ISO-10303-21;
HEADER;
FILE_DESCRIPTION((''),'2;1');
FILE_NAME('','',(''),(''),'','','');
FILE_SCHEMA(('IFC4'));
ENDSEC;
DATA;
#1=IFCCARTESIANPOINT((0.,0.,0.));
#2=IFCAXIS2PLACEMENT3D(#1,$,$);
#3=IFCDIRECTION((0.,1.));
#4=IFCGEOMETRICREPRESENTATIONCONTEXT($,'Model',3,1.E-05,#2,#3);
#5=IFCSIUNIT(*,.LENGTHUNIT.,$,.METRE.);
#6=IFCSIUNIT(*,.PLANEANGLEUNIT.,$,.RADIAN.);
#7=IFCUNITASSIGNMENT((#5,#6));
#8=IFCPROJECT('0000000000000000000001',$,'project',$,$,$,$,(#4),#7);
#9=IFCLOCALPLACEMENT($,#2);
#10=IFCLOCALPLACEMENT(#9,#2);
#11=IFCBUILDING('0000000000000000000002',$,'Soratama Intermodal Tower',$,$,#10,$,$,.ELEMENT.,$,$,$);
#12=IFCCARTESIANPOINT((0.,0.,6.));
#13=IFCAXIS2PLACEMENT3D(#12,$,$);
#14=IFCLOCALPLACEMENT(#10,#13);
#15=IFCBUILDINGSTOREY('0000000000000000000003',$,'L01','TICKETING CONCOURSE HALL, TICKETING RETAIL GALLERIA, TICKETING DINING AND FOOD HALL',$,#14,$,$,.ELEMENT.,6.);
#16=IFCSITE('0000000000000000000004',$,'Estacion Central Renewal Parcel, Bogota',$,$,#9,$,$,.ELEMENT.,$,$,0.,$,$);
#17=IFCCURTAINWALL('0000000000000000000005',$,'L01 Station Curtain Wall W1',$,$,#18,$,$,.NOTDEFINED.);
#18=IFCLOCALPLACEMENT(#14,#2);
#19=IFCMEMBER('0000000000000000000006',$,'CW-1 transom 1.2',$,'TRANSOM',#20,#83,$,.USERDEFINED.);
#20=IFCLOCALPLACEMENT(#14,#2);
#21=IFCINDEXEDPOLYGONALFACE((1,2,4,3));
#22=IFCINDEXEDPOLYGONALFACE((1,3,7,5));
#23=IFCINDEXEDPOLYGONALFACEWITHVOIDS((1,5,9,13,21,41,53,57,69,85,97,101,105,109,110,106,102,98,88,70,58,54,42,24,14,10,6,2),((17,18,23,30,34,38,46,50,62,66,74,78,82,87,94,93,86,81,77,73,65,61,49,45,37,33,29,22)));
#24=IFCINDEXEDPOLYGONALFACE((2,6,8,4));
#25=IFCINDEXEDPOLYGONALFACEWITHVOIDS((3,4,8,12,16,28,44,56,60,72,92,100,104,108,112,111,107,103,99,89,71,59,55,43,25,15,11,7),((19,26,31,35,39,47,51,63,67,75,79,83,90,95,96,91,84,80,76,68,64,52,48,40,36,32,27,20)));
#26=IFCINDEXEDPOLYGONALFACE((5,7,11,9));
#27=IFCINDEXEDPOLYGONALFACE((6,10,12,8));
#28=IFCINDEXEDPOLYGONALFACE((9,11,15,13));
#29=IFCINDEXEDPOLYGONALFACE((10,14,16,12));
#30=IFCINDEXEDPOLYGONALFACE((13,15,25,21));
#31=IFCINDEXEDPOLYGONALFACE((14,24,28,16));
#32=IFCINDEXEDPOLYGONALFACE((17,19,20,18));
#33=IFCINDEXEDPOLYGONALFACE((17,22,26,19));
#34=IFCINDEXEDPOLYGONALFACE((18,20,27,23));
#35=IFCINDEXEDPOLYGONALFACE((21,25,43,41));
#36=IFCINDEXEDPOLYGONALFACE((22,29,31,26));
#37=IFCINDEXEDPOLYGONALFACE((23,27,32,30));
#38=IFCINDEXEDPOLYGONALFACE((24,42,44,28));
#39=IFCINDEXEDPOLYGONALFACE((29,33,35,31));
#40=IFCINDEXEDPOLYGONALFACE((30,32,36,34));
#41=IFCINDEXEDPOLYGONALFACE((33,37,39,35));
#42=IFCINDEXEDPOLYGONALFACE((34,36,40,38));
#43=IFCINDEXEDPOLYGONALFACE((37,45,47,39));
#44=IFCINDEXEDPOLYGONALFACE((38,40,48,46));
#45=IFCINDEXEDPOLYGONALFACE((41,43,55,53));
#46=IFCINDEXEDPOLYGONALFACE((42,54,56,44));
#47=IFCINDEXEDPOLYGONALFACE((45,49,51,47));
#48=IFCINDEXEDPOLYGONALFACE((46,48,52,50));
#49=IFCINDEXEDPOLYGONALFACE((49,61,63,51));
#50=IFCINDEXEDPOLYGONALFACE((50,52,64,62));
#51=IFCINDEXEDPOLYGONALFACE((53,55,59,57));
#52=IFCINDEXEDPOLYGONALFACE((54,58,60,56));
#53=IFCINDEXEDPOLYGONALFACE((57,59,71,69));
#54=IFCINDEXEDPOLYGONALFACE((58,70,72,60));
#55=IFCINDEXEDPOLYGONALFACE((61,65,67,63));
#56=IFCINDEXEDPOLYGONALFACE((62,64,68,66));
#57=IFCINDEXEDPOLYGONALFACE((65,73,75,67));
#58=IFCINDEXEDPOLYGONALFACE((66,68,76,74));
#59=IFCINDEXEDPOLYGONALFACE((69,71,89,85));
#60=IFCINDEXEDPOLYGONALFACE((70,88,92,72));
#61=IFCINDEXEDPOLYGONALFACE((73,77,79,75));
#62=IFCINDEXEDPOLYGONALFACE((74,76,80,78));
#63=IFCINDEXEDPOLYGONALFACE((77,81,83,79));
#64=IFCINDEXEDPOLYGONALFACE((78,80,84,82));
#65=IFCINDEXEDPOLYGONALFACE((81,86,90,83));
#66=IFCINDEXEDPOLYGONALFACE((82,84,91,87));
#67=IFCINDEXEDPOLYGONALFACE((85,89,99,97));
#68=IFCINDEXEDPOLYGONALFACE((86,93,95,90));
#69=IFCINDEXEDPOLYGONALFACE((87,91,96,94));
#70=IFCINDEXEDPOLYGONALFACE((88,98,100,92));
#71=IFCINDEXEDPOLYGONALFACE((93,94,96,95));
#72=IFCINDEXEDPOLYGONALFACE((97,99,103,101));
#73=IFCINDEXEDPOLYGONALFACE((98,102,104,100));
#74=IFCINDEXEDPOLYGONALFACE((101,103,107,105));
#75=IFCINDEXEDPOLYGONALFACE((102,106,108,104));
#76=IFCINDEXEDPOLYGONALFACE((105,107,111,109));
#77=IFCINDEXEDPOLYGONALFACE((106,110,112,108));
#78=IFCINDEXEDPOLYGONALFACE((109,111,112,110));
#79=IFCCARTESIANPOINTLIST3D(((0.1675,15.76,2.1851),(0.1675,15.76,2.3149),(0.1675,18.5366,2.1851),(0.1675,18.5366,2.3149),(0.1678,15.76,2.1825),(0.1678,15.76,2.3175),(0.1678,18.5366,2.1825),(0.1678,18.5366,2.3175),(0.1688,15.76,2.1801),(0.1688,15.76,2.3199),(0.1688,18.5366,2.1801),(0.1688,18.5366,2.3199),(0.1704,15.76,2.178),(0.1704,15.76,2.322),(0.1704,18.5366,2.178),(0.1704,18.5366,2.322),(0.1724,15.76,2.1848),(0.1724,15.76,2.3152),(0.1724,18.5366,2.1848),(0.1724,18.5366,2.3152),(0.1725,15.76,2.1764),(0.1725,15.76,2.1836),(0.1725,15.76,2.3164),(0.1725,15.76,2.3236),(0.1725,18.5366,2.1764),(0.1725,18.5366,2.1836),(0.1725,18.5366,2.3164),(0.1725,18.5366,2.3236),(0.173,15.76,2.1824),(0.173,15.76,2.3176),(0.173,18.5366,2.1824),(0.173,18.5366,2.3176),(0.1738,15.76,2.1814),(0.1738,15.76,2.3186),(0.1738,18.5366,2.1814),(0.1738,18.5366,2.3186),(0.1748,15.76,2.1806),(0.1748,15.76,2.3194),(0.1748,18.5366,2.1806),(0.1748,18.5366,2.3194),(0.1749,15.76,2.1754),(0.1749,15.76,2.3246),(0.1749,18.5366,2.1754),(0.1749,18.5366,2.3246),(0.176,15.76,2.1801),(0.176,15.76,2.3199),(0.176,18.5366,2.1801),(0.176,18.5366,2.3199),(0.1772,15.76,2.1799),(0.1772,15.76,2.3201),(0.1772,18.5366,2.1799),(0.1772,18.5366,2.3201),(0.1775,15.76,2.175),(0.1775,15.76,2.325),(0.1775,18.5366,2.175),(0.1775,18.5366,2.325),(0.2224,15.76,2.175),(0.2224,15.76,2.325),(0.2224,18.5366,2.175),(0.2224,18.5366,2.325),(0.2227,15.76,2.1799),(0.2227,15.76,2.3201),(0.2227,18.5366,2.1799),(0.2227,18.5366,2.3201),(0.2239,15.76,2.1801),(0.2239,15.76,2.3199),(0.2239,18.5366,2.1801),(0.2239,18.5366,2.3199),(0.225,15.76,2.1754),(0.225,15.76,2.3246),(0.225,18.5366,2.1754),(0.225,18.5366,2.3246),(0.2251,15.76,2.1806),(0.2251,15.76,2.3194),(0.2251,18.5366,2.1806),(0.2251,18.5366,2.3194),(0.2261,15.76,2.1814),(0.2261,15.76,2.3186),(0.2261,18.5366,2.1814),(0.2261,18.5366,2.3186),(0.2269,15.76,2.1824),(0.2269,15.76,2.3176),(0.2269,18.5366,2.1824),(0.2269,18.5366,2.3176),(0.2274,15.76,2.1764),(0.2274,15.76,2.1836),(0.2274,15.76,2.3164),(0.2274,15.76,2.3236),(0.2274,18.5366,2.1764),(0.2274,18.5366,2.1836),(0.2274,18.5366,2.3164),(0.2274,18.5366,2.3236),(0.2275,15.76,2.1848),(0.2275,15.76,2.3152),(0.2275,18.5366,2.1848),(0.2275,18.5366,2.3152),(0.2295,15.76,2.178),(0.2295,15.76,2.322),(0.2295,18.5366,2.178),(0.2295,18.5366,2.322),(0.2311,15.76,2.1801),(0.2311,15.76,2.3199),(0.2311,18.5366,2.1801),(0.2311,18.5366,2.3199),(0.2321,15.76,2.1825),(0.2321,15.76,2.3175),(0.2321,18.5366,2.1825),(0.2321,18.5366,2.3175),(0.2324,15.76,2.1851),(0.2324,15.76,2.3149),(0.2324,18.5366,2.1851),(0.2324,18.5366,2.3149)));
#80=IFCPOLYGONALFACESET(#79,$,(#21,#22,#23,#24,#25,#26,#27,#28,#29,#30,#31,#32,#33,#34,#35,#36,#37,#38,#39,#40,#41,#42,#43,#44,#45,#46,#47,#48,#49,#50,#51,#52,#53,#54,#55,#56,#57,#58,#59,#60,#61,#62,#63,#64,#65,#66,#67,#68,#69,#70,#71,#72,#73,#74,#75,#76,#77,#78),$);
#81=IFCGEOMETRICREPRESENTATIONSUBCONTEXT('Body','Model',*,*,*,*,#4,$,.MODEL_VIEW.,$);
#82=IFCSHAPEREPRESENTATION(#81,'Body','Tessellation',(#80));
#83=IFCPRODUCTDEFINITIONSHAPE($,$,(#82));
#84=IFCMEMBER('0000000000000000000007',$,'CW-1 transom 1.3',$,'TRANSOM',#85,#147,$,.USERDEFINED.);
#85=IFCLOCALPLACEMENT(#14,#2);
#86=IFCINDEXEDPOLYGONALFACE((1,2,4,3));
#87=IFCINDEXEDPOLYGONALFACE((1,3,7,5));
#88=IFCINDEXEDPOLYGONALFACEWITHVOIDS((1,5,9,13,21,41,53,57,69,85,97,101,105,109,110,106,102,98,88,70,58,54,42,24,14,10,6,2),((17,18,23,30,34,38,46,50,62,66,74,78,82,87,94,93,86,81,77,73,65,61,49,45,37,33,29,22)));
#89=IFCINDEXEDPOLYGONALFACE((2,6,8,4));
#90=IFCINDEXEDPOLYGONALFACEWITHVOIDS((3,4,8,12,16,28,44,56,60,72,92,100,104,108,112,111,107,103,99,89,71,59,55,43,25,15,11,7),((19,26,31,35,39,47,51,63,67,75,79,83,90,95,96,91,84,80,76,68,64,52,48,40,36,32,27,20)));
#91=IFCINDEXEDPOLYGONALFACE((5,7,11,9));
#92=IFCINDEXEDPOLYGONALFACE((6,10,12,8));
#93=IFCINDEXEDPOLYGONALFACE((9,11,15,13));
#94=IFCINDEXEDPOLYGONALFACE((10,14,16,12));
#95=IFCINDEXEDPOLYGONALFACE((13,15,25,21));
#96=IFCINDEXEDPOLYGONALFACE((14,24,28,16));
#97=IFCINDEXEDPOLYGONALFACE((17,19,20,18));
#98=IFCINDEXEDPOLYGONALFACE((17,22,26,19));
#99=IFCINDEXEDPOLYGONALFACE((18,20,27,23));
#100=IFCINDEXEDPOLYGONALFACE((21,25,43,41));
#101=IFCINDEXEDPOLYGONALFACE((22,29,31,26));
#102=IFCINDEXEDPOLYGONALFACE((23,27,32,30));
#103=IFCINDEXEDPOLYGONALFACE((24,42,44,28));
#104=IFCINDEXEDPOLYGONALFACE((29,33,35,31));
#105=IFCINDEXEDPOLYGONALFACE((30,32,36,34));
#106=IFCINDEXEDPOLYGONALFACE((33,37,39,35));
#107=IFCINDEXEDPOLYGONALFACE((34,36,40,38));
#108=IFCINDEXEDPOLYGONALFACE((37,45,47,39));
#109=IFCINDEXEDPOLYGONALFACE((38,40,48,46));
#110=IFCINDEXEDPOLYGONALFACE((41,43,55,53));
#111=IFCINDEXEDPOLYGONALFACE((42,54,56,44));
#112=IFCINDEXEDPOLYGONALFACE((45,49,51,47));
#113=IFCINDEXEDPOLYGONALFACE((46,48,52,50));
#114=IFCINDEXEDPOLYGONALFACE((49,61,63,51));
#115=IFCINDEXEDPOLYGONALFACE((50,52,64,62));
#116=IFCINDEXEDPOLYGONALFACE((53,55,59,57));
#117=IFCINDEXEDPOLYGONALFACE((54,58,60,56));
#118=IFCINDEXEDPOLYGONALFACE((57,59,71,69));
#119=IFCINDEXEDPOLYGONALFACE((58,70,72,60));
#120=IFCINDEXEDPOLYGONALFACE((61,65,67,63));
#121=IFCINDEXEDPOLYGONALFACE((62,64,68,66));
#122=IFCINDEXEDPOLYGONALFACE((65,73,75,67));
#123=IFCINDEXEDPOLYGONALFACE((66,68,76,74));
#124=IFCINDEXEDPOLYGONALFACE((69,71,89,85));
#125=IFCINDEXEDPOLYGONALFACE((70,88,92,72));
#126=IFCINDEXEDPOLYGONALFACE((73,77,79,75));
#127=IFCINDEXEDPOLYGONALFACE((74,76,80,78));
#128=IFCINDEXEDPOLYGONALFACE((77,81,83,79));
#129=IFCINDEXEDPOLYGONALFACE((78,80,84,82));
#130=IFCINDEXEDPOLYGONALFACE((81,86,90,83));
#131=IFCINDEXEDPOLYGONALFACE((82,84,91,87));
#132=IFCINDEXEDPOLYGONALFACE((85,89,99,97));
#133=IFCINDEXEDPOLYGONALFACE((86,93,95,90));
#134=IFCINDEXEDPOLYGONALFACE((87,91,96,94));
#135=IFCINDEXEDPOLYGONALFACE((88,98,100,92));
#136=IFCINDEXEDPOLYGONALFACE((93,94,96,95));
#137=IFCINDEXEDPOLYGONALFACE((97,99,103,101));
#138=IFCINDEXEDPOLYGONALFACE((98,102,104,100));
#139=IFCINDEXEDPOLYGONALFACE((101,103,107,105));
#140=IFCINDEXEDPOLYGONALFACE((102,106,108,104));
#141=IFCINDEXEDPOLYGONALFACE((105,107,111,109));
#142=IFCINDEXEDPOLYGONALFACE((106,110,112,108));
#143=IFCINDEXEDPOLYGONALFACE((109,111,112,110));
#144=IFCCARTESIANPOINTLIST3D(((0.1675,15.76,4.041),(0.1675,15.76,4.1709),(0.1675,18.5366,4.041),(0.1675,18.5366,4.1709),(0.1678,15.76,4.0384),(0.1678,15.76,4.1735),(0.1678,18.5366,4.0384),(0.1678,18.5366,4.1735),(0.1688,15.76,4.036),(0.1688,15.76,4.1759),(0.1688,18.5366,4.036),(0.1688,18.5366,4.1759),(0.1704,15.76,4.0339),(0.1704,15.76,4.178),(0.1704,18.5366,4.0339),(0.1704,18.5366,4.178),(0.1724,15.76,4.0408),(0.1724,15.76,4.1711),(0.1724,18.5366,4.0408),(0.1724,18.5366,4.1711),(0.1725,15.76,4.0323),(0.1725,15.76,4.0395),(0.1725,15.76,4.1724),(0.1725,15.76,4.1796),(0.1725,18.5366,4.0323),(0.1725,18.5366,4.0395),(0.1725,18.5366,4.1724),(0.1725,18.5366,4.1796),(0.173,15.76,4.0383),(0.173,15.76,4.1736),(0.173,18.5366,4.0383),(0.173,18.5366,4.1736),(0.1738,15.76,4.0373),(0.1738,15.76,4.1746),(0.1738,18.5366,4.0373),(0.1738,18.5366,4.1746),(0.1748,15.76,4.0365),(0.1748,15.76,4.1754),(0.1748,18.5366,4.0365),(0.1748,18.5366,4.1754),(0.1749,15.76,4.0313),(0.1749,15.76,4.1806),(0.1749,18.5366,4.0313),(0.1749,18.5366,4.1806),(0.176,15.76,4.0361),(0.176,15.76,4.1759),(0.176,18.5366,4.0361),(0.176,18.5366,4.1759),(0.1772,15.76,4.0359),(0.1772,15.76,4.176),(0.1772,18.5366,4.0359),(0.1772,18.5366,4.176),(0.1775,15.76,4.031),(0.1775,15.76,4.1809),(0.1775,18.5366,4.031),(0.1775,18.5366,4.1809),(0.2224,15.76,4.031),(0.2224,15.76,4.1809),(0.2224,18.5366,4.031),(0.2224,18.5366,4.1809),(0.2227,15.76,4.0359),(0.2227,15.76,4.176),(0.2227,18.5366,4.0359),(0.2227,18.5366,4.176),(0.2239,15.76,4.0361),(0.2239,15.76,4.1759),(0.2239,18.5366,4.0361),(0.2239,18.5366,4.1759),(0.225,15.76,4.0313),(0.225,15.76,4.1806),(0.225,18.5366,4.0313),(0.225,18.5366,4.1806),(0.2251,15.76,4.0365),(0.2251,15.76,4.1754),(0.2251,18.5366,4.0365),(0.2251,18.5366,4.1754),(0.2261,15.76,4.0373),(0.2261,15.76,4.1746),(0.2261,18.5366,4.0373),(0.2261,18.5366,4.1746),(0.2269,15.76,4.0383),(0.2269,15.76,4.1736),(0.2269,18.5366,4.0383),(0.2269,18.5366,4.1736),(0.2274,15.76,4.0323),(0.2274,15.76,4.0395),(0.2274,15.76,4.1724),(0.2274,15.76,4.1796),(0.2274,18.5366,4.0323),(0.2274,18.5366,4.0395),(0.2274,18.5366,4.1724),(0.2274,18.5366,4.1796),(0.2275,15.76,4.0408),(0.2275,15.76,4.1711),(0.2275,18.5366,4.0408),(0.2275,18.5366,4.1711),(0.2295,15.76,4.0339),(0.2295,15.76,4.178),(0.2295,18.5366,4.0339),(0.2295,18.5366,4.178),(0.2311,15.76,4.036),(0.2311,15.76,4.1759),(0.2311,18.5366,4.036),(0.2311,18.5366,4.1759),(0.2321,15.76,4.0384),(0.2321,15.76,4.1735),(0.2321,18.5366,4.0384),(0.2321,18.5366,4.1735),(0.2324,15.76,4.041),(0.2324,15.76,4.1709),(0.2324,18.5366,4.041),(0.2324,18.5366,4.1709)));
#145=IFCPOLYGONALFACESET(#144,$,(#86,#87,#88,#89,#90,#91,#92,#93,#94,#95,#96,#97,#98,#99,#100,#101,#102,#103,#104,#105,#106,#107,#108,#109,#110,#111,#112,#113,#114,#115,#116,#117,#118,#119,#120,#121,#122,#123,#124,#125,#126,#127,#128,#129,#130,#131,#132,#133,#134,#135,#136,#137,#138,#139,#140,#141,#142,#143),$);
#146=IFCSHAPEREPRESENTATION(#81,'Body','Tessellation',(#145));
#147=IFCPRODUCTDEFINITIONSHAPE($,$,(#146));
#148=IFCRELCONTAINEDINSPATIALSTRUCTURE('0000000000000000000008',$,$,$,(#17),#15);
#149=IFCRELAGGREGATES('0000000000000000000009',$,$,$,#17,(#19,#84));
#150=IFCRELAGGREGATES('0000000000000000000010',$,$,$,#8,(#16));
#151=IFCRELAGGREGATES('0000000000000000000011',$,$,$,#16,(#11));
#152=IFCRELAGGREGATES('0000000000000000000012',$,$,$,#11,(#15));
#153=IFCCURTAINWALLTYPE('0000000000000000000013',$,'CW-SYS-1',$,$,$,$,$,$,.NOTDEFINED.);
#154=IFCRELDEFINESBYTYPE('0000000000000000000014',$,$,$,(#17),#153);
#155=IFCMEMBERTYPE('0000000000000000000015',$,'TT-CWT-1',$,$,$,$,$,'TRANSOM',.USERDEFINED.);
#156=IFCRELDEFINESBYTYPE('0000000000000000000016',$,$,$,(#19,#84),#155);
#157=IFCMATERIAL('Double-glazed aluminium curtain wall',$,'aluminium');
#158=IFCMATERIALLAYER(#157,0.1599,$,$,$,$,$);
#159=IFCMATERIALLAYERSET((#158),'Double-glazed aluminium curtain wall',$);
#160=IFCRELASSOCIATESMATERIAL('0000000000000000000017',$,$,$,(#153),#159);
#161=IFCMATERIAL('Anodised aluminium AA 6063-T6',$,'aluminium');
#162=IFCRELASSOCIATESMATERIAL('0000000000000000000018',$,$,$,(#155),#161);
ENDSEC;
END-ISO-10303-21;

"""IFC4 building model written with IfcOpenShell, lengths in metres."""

from ifc_helpers import new_model, si_unit, direction, frame, origin, origin_2d, place, context, subcontext, project, spatial, hollow_rectangle, extrude, material, layer, layer_set, material_profile, profile_set, type_object, element, aggregate, save


model = new_model("IFC4")

# Units and contexts
model_context = context("Model", 3, precision=1e-05, world=origin(), true_north=direction((0.0, 1.0)))
body_context = subcontext(model_context, "Body", "Model", "MODEL_VIEW")
ifc_project = project(units=[si_unit("LENGTHUNIT", "METRE"), si_unit("PLANEANGLEUNIT", "RADIAN")], contexts=[model_context])

# Site, building, storey
site_placement = place(None, origin())
site = spatial("IfcSite", under=ifc_project, at=site_placement, Name="Estacion Central Renewal Parcel, Bogota", CompositionType="ELEMENT", RefElevation=0.0)
building_placement = place(site_placement, origin())
building = spatial("IfcBuilding", under=site, at=building_placement, Name="Soratama Intermodal Tower", CompositionType="ELEMENT")
storey_placement = place(building_placement, frame((0.0, 0.0, 6.0)))
storey = spatial("IfcBuildingStorey", under=building, at=storey_placement, Name="L01", Description="TICKETING CONCOURSE HALL, TICKETING RETAIL GALLERIA, TICKETING DINING AND FOOD HALL", CompositionType="ELEMENT", Elevation=6.0)

# Curtain wall, members
ifc_material_1 = material(Name="Double-glazed aluminium curtain wall", Category="aluminium")
ifc_layer_1 = layer(ifc_material_1, 0.1599)
ifc_layer_set_1 = layer_set([ifc_layer_1], Name="Double-glazed aluminium curtain wall")
curtain_wall_type = type_object("IfcCurtainWallType", Name="CW-SYS-1", PredefinedType="NOTDEFINED", material=ifc_layer_set_1)
curtain_wall_placement = place(storey_placement, origin())
curtain_wall = element("IfcCurtainWall", 1, at=curtain_wall_placement, inside=storey, type_object=curtain_wall_type, Name="L01 Station Curtain Wall W1", PredefinedType="NOTDEFINED")
ifc_material_2 = material(Name="Anodised aluminium AA 6063-T6", Category="aluminium")
ifc_material_profile_1 = material_profile(ifc_material_2, hollow_rectangle(XDim=0.0649, YDim=0.1499, WallThickness=0.0049, InnerFilletRadius=0.0049, OuterFilletRadius=0.01, at=origin_2d()), Name="CWT150X65X5")
ifc_profile_set_1 = profile_set([ifc_material_profile_1], Name="Anodised aluminium AA 6063-T6")
member_type_1 = type_object("IfcMemberType", Name="TT-CWT-1", ElementType="TRANSOM", PredefinedType="USERDEFINED", material=ifc_profile_set_1)
member_1_placement = place(storey_placement, frame((0.2, 15.76, 2.25), z_axis=(0.0, 1.0, 0.0), x_axis=(-1.0, 0.0, 0.0)))
member_1 = element("IfcMember", 2, at=member_1_placement, type_object=member_type_1, Name="CW-1 transom 1.2", ObjectType="TRANSOM", PredefinedType="USERDEFINED", context=body_context, shape_type="SweptSolid", body=[
    extrude(hollow_rectangle(XDim=0.0649, YDim=0.1499, WallThickness=0.0049, InnerFilletRadius=0.0049, OuterFilletRadius=0.01, at=origin_2d()), origin(), (0.0, 0.0, 1.0), 2.7766),
])
member_2_placement = place(storey_placement, frame((0.2, 15.76, 4.106), z_axis=(0.0, 1.0, 0.0), x_axis=(-1.0, 0.0, 0.0)))
member_2 = element("IfcMember", 3, at=member_2_placement, type_object=member_type_1, Name="CW-1 transom 1.3", ObjectType="TRANSOM", PredefinedType="USERDEFINED", context=body_context, shape_type="SweptSolid", body=[
    extrude(hollow_rectangle(XDim=0.0649, YDim=0.1499, WallThickness=0.0049, InnerFilletRadius=0.0049, OuterFilletRadius=0.01, at=origin_2d()), origin(), (0.0, 0.0, 1.0), 2.7766),
])
aggregate(curtain_wall, [member_1, member_2])

save(model, "model.ifc")
